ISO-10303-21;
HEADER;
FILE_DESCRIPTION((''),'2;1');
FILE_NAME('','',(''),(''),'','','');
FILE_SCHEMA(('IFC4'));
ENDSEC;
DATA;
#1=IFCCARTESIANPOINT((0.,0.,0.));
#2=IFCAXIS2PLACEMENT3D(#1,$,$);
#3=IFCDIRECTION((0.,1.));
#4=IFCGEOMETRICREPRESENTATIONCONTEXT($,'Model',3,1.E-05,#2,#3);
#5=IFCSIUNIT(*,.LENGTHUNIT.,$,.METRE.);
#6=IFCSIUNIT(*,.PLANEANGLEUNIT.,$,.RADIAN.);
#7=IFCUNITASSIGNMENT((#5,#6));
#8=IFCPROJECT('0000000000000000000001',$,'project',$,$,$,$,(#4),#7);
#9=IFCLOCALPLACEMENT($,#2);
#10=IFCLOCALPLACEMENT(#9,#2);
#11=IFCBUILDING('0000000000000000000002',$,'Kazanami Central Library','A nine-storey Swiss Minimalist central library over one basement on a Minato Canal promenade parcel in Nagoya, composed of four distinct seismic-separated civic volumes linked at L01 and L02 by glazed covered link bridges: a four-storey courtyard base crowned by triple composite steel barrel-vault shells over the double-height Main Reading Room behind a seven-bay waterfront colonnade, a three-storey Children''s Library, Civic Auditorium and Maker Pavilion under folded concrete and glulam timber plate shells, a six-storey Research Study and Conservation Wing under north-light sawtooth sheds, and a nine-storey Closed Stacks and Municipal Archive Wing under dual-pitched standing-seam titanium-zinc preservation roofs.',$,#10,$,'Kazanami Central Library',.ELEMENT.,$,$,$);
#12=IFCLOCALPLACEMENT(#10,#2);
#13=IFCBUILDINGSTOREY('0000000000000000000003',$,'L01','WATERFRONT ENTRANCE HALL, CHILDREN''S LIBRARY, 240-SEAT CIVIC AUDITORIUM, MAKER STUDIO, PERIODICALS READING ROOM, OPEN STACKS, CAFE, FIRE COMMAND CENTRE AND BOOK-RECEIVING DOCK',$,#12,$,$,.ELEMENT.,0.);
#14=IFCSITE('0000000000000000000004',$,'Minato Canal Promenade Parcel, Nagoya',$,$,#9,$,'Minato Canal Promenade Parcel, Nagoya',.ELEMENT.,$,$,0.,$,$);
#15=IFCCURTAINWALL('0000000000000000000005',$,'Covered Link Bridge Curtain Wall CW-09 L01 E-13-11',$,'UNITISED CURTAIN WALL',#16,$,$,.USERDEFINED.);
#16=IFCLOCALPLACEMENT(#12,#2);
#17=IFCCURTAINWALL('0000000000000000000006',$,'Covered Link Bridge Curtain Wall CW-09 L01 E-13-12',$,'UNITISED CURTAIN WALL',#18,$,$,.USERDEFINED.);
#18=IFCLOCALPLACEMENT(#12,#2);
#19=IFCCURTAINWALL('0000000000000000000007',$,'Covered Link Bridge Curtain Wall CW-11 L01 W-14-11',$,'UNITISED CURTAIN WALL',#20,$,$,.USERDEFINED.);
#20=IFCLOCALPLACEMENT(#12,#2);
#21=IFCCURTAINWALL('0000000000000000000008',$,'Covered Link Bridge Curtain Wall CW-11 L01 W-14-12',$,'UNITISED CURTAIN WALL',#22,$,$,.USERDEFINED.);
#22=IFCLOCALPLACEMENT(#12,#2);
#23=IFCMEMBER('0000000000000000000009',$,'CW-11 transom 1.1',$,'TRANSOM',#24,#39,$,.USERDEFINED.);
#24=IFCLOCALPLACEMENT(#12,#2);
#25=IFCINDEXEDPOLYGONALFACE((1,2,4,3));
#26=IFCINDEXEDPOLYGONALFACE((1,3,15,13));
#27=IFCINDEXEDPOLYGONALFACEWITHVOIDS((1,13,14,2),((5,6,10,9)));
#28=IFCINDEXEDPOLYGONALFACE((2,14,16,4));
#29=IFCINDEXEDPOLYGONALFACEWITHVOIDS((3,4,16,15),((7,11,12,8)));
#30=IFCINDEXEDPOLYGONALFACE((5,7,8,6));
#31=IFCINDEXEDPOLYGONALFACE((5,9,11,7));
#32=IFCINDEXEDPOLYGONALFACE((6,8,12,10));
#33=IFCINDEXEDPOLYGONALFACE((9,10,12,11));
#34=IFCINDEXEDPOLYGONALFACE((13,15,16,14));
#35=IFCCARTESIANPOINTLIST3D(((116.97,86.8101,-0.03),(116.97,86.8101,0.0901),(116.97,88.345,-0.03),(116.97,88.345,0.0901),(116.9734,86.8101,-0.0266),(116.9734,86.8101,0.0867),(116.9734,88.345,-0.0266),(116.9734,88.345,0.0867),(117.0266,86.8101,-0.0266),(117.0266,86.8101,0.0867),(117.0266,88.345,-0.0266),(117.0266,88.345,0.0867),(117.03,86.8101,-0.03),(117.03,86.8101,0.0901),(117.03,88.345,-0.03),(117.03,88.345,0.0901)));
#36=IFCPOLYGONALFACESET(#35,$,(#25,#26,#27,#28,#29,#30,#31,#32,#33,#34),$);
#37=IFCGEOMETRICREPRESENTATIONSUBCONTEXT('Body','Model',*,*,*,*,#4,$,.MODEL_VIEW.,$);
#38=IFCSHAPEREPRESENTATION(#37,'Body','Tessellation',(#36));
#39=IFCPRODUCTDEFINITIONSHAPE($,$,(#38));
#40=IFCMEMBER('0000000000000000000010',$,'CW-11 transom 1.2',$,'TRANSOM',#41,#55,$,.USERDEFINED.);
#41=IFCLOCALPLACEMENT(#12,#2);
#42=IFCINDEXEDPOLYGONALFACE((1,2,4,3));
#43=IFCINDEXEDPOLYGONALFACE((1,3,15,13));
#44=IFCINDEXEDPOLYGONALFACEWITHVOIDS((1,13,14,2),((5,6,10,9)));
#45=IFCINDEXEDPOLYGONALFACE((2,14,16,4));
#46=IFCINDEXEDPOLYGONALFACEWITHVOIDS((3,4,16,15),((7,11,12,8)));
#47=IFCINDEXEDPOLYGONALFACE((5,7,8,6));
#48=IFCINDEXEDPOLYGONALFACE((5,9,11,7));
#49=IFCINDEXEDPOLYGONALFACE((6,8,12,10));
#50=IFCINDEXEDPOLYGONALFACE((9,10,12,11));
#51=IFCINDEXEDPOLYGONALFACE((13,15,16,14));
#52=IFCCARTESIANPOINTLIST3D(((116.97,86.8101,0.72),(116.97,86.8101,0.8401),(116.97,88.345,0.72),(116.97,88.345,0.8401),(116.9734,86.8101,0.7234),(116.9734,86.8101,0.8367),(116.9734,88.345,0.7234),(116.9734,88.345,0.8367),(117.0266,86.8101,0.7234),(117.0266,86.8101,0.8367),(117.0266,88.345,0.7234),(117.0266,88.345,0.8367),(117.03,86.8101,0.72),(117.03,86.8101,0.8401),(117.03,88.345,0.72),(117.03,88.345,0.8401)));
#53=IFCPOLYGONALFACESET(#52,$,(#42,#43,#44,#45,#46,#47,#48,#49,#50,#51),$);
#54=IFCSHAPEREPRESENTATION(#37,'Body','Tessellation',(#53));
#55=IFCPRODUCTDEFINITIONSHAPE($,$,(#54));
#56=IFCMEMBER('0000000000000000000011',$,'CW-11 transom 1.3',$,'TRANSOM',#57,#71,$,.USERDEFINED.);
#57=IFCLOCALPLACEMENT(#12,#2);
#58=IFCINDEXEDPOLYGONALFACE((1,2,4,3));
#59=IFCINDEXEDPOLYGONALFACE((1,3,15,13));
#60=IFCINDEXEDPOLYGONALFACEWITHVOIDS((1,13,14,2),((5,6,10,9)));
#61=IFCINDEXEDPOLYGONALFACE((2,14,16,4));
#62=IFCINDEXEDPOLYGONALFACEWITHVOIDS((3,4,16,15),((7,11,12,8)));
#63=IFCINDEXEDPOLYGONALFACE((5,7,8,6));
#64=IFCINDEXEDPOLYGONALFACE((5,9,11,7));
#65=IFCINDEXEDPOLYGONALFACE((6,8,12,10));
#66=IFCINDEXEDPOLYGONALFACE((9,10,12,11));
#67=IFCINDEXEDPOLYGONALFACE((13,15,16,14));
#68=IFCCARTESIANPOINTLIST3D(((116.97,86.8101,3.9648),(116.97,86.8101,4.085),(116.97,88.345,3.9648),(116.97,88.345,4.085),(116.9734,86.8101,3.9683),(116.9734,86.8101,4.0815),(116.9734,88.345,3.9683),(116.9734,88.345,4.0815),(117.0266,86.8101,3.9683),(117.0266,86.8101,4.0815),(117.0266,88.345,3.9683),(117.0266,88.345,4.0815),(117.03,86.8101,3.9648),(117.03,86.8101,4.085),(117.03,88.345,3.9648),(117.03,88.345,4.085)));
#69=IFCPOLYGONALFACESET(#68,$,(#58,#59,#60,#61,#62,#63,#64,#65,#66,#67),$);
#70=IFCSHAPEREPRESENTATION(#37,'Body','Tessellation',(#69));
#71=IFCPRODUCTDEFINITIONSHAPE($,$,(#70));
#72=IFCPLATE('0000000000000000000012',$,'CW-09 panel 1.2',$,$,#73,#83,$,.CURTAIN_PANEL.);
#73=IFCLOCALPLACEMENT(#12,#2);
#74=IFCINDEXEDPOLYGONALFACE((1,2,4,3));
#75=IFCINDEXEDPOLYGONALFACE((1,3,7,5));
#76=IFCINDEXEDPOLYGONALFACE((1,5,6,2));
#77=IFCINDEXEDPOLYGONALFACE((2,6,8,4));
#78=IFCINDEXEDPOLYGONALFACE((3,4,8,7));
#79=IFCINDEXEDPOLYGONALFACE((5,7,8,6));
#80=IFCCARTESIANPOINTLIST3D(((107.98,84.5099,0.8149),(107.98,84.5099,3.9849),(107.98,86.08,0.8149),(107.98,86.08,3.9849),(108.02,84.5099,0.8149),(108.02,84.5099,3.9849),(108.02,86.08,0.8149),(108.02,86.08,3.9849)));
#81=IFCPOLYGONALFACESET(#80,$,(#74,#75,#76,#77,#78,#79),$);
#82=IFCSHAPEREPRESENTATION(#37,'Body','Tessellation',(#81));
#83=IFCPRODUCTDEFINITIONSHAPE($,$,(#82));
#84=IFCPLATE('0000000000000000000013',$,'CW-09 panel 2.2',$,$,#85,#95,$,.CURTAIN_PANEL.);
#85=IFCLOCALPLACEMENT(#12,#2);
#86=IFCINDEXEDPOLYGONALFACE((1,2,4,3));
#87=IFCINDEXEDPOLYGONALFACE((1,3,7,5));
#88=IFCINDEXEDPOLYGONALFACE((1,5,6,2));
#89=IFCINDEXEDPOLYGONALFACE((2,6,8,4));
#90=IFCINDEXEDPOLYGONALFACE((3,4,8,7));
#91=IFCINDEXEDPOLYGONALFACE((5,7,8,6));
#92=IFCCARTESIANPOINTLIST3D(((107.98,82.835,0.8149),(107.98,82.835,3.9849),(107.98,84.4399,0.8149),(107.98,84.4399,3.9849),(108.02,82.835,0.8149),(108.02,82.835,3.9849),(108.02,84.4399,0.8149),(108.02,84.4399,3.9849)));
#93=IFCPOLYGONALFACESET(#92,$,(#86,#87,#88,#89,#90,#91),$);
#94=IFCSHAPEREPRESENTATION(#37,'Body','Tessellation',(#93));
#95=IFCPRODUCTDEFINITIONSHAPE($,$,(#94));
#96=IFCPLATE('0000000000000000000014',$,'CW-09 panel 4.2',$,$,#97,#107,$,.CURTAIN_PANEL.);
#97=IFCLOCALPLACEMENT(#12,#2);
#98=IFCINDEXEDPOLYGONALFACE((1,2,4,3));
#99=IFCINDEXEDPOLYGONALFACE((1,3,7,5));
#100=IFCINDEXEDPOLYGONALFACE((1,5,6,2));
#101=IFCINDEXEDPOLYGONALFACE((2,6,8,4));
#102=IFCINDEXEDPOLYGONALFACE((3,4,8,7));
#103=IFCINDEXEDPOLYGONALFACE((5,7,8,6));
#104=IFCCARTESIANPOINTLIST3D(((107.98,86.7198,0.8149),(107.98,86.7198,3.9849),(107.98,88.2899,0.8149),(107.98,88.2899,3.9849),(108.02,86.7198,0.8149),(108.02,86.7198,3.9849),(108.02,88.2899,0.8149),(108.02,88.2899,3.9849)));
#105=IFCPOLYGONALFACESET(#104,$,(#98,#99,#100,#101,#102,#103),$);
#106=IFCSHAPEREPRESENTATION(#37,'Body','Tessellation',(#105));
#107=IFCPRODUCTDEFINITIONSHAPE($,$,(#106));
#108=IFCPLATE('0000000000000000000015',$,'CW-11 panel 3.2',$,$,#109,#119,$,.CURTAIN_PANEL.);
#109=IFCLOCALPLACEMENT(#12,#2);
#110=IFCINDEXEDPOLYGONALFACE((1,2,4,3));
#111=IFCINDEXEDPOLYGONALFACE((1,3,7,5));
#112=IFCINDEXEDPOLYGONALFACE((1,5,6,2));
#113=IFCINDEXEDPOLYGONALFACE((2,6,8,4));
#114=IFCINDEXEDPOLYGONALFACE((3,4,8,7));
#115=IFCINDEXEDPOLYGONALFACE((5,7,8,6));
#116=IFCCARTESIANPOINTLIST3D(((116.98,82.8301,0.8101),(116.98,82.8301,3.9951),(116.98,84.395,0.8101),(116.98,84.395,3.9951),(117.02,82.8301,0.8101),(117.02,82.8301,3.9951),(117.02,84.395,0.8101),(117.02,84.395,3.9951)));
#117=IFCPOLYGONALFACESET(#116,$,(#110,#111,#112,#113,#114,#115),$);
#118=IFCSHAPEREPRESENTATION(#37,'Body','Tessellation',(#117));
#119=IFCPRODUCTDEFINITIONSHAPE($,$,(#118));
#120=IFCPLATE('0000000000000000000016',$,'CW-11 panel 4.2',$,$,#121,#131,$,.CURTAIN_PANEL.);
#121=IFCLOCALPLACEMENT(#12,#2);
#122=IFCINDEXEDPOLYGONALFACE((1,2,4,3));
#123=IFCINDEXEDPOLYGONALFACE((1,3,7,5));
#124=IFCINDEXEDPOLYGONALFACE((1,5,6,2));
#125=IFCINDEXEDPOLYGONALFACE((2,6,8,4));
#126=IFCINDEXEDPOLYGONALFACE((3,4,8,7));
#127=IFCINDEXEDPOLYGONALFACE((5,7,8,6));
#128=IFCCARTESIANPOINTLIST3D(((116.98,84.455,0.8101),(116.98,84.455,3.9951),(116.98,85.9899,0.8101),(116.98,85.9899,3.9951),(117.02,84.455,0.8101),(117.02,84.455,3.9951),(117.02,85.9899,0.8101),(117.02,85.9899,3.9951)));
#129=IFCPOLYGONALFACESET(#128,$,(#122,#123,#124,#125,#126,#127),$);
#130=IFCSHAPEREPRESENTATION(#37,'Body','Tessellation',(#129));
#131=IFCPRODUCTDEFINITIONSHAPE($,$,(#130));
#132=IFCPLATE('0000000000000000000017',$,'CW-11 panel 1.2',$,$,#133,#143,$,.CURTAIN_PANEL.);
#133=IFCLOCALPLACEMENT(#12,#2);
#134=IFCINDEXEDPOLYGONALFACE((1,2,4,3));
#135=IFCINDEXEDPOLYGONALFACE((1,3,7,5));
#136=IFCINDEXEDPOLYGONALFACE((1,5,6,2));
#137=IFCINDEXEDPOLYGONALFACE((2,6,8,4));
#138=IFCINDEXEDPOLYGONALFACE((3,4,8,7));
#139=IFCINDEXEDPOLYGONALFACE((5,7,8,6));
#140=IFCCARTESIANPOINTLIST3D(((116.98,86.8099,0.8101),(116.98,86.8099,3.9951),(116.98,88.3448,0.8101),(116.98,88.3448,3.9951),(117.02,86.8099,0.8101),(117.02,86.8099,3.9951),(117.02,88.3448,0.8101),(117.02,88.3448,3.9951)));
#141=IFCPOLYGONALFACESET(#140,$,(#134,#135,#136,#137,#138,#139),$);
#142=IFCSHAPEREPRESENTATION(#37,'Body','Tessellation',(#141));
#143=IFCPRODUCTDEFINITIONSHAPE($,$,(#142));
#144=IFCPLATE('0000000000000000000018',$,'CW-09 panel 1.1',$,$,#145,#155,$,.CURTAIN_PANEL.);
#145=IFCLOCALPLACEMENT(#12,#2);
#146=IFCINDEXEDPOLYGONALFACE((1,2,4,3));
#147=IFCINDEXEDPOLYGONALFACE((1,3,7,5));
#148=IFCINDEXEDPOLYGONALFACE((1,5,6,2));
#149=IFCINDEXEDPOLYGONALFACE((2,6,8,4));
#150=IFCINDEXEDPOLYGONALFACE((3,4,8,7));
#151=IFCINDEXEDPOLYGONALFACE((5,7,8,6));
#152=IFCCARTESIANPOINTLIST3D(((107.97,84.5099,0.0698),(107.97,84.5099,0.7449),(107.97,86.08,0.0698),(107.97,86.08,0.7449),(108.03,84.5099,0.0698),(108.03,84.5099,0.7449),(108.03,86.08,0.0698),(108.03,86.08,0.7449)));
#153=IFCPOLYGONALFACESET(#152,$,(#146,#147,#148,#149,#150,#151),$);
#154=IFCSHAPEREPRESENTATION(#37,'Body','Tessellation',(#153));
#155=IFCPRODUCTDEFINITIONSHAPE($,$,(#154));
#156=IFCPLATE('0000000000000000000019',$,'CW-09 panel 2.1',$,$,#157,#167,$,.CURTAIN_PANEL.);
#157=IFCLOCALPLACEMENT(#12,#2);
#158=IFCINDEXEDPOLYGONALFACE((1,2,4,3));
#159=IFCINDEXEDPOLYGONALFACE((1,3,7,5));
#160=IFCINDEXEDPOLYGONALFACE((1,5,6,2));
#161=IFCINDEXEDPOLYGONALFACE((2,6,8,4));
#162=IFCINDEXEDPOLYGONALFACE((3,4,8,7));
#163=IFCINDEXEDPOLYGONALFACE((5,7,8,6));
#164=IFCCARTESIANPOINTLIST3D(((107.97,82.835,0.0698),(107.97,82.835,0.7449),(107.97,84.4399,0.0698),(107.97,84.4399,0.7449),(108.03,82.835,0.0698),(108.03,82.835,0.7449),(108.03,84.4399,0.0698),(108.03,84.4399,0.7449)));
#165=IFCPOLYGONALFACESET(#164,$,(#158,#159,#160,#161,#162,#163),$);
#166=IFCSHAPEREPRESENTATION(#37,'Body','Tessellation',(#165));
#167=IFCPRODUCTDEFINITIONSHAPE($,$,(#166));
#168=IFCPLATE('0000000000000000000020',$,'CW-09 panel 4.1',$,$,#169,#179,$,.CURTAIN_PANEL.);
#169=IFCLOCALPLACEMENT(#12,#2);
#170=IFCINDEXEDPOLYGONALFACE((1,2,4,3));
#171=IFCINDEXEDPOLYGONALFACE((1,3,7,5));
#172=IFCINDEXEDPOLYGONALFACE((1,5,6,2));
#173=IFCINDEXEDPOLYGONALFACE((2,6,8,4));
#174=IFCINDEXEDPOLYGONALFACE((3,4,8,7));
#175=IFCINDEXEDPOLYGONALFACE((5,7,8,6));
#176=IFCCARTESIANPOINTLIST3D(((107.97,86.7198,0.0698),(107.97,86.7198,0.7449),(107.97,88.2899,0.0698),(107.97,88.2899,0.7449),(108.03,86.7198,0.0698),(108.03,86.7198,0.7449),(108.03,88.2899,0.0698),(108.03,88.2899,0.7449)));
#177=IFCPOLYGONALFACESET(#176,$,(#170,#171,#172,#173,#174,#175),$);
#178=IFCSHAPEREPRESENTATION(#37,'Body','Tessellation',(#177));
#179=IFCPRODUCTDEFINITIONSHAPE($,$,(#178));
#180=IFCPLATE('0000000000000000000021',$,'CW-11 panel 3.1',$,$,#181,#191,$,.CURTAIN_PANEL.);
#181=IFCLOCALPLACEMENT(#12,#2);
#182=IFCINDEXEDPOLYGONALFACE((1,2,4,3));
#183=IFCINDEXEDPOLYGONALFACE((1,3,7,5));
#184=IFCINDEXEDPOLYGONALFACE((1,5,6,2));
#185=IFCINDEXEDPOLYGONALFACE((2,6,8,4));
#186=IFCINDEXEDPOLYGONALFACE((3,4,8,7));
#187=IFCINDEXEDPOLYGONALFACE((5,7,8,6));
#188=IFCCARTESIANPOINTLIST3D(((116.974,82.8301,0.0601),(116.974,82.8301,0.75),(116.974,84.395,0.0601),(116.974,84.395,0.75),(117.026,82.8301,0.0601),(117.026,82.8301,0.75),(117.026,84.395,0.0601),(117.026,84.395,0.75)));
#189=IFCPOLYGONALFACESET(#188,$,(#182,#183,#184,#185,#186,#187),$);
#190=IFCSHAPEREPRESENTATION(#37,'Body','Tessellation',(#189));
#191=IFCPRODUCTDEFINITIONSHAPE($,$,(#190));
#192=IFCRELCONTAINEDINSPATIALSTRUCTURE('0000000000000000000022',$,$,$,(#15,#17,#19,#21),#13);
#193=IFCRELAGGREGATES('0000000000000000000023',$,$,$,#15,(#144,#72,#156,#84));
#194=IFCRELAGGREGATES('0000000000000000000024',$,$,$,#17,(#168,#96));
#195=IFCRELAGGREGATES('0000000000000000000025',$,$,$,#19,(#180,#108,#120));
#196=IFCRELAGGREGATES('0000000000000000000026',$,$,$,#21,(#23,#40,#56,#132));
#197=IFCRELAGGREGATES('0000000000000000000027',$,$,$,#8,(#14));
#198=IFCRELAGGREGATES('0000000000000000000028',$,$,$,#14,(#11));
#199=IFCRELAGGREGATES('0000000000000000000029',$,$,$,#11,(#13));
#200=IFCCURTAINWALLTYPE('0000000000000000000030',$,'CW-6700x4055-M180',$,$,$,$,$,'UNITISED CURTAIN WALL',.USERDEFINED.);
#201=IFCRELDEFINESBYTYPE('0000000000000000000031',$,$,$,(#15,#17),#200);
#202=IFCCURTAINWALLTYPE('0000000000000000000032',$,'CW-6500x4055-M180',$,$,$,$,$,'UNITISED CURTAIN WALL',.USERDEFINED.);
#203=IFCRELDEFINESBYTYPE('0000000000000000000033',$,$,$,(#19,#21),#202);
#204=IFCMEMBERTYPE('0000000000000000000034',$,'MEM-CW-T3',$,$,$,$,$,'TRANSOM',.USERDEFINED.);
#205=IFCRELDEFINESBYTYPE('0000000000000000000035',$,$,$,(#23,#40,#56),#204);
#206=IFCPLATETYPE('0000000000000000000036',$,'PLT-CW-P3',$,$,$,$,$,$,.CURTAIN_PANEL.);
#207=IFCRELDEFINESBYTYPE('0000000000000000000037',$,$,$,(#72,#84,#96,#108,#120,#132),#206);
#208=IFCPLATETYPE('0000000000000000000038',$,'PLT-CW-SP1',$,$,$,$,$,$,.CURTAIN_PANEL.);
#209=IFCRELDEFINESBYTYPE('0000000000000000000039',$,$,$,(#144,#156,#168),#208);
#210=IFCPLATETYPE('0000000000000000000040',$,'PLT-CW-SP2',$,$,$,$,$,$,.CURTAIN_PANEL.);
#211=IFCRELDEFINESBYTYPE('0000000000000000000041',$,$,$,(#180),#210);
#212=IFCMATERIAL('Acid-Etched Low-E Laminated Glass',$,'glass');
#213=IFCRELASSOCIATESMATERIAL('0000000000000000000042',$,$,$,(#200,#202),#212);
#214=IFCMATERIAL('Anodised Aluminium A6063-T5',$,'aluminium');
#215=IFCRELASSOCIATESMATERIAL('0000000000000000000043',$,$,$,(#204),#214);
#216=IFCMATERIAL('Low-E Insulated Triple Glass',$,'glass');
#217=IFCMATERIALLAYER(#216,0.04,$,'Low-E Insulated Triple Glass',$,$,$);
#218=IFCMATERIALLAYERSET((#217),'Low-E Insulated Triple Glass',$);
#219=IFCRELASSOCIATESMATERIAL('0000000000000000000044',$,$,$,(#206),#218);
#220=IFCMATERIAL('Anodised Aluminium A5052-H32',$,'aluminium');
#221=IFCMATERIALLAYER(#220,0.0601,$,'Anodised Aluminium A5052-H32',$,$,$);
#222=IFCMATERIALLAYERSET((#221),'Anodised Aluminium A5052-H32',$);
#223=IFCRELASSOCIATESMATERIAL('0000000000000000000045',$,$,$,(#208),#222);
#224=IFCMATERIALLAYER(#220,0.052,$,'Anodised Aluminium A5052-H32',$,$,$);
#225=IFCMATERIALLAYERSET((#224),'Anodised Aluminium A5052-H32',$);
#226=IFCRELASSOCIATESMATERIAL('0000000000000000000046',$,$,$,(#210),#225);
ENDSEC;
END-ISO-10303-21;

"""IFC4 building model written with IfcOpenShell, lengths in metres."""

from ifc_helpers import new_model, si_unit, direction, frame, origin, origin_2d, place, context, subcontext, project, spatial, rectangle, hollow_rectangle, extrude, material, layer, layer_set, material_profile, profile_set, type_object, element, aggregate, save


model = new_model("IFC4")

# Units and contexts
model_context = context("Model", 3, precision=1e-05, world=origin(), true_north=direction((0.0, 1.0)))
body_context = subcontext(model_context, "Body", "Model", "MODEL_VIEW")
ifc_project = project(units=[si_unit("LENGTHUNIT", "METRE"), si_unit("PLANEANGLEUNIT", "RADIAN")], contexts=[model_context])

# Site, building, storey
site_placement = place(None, origin())
site = spatial("IfcSite", under=ifc_project, at=site_placement, Name="Minato Canal Promenade Parcel, Nagoya", LongName="Minato Canal Promenade Parcel, Nagoya", CompositionType="ELEMENT", RefElevation=0.0)
building_placement = place(site_placement, origin())
building = spatial("IfcBuilding", under=site, at=building_placement, Name="Kazanami Central Library", Description="A nine-storey Swiss Minimalist central library over one basement on a Minato Canal promenade parcel in Nagoya, composed of four distinct seismic-separated civic volumes linked at L01 and L02 by glazed covered link bridges: a four-storey courtyard base crowned by triple composite steel barrel-vault shells over the double-height Main Reading Room behind a seven-bay waterfront colonnade, a three-storey Children's Library, Civic Auditorium and Maker Pavilion under folded concrete and glulam timber plate shells, a six-storey Research Study and Conservation Wing under north-light sawtooth sheds, and a nine-storey Closed Stacks and Municipal Archive Wing under dual-pitched standing-seam titanium-zinc preservation roofs.", LongName="Kazanami Central Library", CompositionType="ELEMENT")
storey_placement = place(building_placement, origin())
storey = spatial("IfcBuildingStorey", under=building, at=storey_placement, Name="L01", Description="WATERFRONT ENTRANCE HALL, CHILDREN'S LIBRARY, 240-SEAT CIVIC AUDITORIUM, MAKER STUDIO, PERIODICALS READING ROOM, OPEN STACKS, CAFE, FIRE COMMAND CENTRE AND BOOK-RECEIVING DOCK", CompositionType="ELEMENT", Elevation=0.0)

# Curtain walls
ifc_material_1 = material(Name="Acid-Etched Low-E Laminated Glass", Category="glass")
curtain_wall_type_1 = type_object("IfcCurtainWallType", Name="CW-6700x4055-M180", ElementType="UNITISED CURTAIN WALL", PredefinedType="USERDEFINED", material=ifc_material_1)
curtain_wall_1_placement = place(storey_placement, origin())
curtain_wall_1 = element("IfcCurtainWall", 1, at=curtain_wall_1_placement, inside=storey, type_object=curtain_wall_type_1, Name="Covered Link Bridge Curtain Wall CW-09 L01 E-13-11", ObjectType="UNITISED CURTAIN WALL", PredefinedType="USERDEFINED")
ifc_material_2 = material(Name="Anodised Aluminium A6063-T5", Category="aluminium")
curtain_wall_2_placement = place(storey_placement, origin())
curtain_wall_2 = element("IfcCurtainWall", 2, at=curtain_wall_2_placement, inside=storey, type_object=curtain_wall_type_1, Name="Covered Link Bridge Curtain Wall CW-09 L01 E-13-12", ObjectType="UNITISED CURTAIN WALL", PredefinedType="USERDEFINED")
curtain_wall_type_2 = type_object("IfcCurtainWallType", Name="CW-6500x4055-M180", ElementType="UNITISED CURTAIN WALL", PredefinedType="USERDEFINED", material=ifc_material_1)
curtain_wall_3_placement = place(storey_placement, origin())
curtain_wall_3 = element("IfcCurtainWall", 3, at=curtain_wall_3_placement, inside=storey, type_object=curtain_wall_type_2, Name="Covered Link Bridge Curtain Wall CW-11 L01 W-14-11", ObjectType="UNITISED CURTAIN WALL", PredefinedType="USERDEFINED")

# Curtain wall
curtain_wall_4_placement = place(storey_placement, origin())
curtain_wall_4 = element("IfcCurtainWall", 4, at=curtain_wall_4_placement, inside=storey, type_object=curtain_wall_type_2, Name="Covered Link Bridge Curtain Wall CW-11 L01 W-14-12", ObjectType="UNITISED CURTAIN WALL", PredefinedType="USERDEFINED")

# Members
ifc_material_profile_1 = material_profile(ifc_material_2, hollow_rectangle(XDim=0.0601, YDim=0.1201, WallThickness=0.0034, at=origin_2d()), Name="ALU-TRAN-60x120x3.5")
ifc_profile_set_1 = profile_set([ifc_material_profile_1], Name="Anodised Aluminium A6063-T5")
member_type_1 = type_object("IfcMemberType", Name="MEM-CW-T3", ElementType="TRANSOM", PredefinedType="USERDEFINED", material=ifc_profile_set_1)
member_1_placement = place(storey_placement, frame((117.0, 86.8101, 0.03), z_axis=(0.0, 1.0, 0.0), x_axis=(-1.0, 0.0, 0.0)))
member_1 = element("IfcMember", 5, at=member_1_placement, type_object=member_type_1, Name="CW-11 transom 1.1", ObjectType="TRANSOM", PredefinedType="USERDEFINED", context=body_context, shape_type="SweptSolid", body=[
    extrude(hollow_rectangle(XDim=0.0601, YDim=0.1201, WallThickness=0.0034, at=origin_2d()), origin(), (0.0, 0.0, 1.0), 1.5349),
])
member_2_placement = place(storey_placement, frame((117.0, 86.8101, 0.78), z_axis=(0.0, 1.0, 0.0), x_axis=(-1.0, 0.0, 0.0)))
member_2 = element("IfcMember", 6, at=member_2_placement, type_object=member_type_1, Name="CW-11 transom 1.2", ObjectType="TRANSOM", PredefinedType="USERDEFINED", context=body_context, shape_type="SweptSolid", body=[
    extrude(hollow_rectangle(XDim=0.0601, YDim=0.1201, WallThickness=0.0034, at=origin_2d()), origin(), (0.0, 0.0, 1.0), 1.5349),
])
member_3_placement = place(storey_placement, frame((117.0, 86.8101, 4.0249), z_axis=(0.0, 1.0, 0.0), x_axis=(-1.0, 0.0, 0.0)))
member_3 = element("IfcMember", 7, at=member_3_placement, type_object=member_type_1, Name="CW-11 transom 1.3", ObjectType="TRANSOM", PredefinedType="USERDEFINED", context=body_context, shape_type="SweptSolid", body=[
    extrude(hollow_rectangle(XDim=0.0601, YDim=0.1201, WallThickness=0.0034, at=origin_2d()), origin(), (0.0, 0.0, 1.0), 1.5349),
])

# Plates
ifc_material_3 = material(Name="Low-E Insulated Triple Glass", Category="glass")
ifc_layer_1 = layer(ifc_material_3, 0.04, Name="Low-E Insulated Triple Glass")
ifc_layer_set_1 = layer_set([ifc_layer_1], Name="Low-E Insulated Triple Glass")
plate_type_1 = type_object("IfcPlateType", Name="PLT-CW-P3", PredefinedType="CURTAIN_PANEL", material=ifc_layer_set_1)
plate_1_placement = place(storey_placement, frame((108.0, 85.2949, 0.8149), z_axis=(0.0, 0.0, 1.0), x_axis=(0.0, -1.0, 0.0)))
plate_1 = element("IfcPlate", 8, at=plate_1_placement, type_object=plate_type_1, Name="CW-09 panel 1.2", PredefinedType="CURTAIN_PANEL", context=body_context, shape_type="SweptSolid", body=[
    extrude(rectangle(XDim=1.5701, YDim=0.04, at=origin_2d()), origin(), (0.0, 0.0, 1.0), 3.1699),
])
plate_2_placement = place(storey_placement, frame((108.0, 83.6375, 0.8149), z_axis=(0.0, 0.0, 1.0), x_axis=(0.0, -1.0, 0.0)))
plate_2 = element("IfcPlate", 9, at=plate_2_placement, type_object=plate_type_1, Name="CW-09 panel 2.2", PredefinedType="CURTAIN_PANEL", context=body_context, shape_type="SweptSolid", body=[
    extrude(rectangle(XDim=1.605, YDim=0.04, at=origin_2d()), origin(), (0.0, 0.0, 1.0), 3.1699),
])
plate_3_placement = place(storey_placement, frame((108.0, 87.5049, 0.8149), z_axis=(0.0, 0.0, 1.0), x_axis=(0.0, -1.0, 0.0)))
plate_3 = element("IfcPlate", 10, at=plate_3_placement, type_object=plate_type_1, Name="CW-09 panel 4.2", PredefinedType="CURTAIN_PANEL", context=body_context, shape_type="SweptSolid", body=[
    extrude(rectangle(XDim=1.5701, YDim=0.04, at=origin_2d()), origin(), (0.0, 0.0, 1.0), 3.1699),
])
plate_4_placement = place(storey_placement, frame((117.0, 83.6125, 0.8101), z_axis=(0.0, 0.0, 1.0), x_axis=(0.0, 1.0, 0.0)))
plate_4 = element("IfcPlate", 11, at=plate_4_placement, type_object=plate_type_1, Name="CW-11 panel 3.2", PredefinedType="CURTAIN_PANEL", context=body_context, shape_type="SweptSolid", body=[
    extrude(rectangle(XDim=1.5649, YDim=0.04, at=origin_2d()), origin(), (0.0, 0.0, 1.0), 3.1851),
])
plate_5_placement = place(storey_placement, frame((117.0, 85.2224, 0.8101), z_axis=(0.0, 0.0, 1.0), x_axis=(0.0, 1.0, 0.0)))
plate_5 = element("IfcPlate", 12, at=plate_5_placement, type_object=plate_type_1, Name="CW-11 panel 4.2", PredefinedType="CURTAIN_PANEL", context=body_context, shape_type="SweptSolid", body=[
    extrude(rectangle(XDim=1.5349, YDim=0.04, at=origin_2d()), origin(), (0.0, 0.0, 1.0), 3.1851),
])
plate_6_placement = place(storey_placement, frame((117.0, 87.5774, 0.8101), z_axis=(0.0, 0.0, 1.0), x_axis=(0.0, 1.0, 0.0)))
plate_6 = element("IfcPlate", 13, at=plate_6_placement, type_object=plate_type_1, Name="CW-11 panel 1.2", PredefinedType="CURTAIN_PANEL", context=body_context, shape_type="SweptSolid", body=[
    extrude(rectangle(XDim=1.5349, YDim=0.04, at=origin_2d()), origin(), (0.0, 0.0, 1.0), 3.1851),
])
ifc_material_4 = material(Name="Anodised Aluminium A5052-H32", Category="aluminium")
ifc_layer_2 = layer(ifc_material_4, 0.0601, Name="Anodised Aluminium A5052-H32")
ifc_layer_set_2 = layer_set([ifc_layer_2], Name="Anodised Aluminium A5052-H32")
plate_type_2 = type_object("IfcPlateType", Name="PLT-CW-SP1", PredefinedType="CURTAIN_PANEL", material=ifc_layer_set_2)
plate_7_placement = place(storey_placement, frame((108.0, 85.2949, 0.0698), z_axis=(0.0, 0.0, 1.0), x_axis=(0.0, -1.0, 0.0)))
plate_7 = element("IfcPlate", 14, at=plate_7_placement, type_object=plate_type_2, Name="CW-09 panel 1.1", PredefinedType="CURTAIN_PANEL", context=body_context, shape_type="SweptSolid", body=[
    extrude(rectangle(XDim=1.5701, YDim=0.0601, at=origin_2d()), origin(), (0.0, 0.0, 1.0), 0.675),
])
plate_8_placement = place(storey_placement, frame((108.0, 83.6375, 0.0698), z_axis=(0.0, 0.0, 1.0), x_axis=(0.0, -1.0, 0.0)))
plate_8 = element("IfcPlate", 15, at=plate_8_placement, type_object=plate_type_2, Name="CW-09 panel 2.1", PredefinedType="CURTAIN_PANEL", context=body_context, shape_type="SweptSolid", body=[
    extrude(rectangle(XDim=1.605, YDim=0.0601, at=origin_2d()), origin(), (0.0, 0.0, 1.0), 0.675),
])
aggregate(curtain_wall_1, [plate_7, plate_1, plate_8, plate_2])
plate_9_placement = place(storey_placement, frame((108.0, 87.5049, 0.0698), z_axis=(0.0, 0.0, 1.0), x_axis=(0.0, -1.0, 0.0)))
plate_9 = element("IfcPlate", 16, at=plate_9_placement, type_object=plate_type_2, Name="CW-09 panel 4.1", PredefinedType="CURTAIN_PANEL", context=body_context, shape_type="SweptSolid", body=[
    extrude(rectangle(XDim=1.5701, YDim=0.0601, at=origin_2d()), origin(), (0.0, 0.0, 1.0), 0.675),
])
aggregate(curtain_wall_2, [plate_9, plate_3])
ifc_layer_3 = layer(ifc_material_4, 0.052, Name="Anodised Aluminium A5052-H32")
ifc_layer_set_3 = layer_set([ifc_layer_3], Name="Anodised Aluminium A5052-H32")
plate_type_3 = type_object("IfcPlateType", Name="PLT-CW-SP2", PredefinedType="CURTAIN_PANEL", material=ifc_layer_set_3)
plate_10_placement = place(storey_placement, frame((117.0, 83.6125, 0.0601), z_axis=(0.0, 0.0, 1.0), x_axis=(0.0, 1.0, 0.0)))
plate_10 = element("IfcPlate", 17, at=plate_10_placement, type_object=plate_type_3, Name="CW-11 panel 3.1", PredefinedType="CURTAIN_PANEL", context=body_context, shape_type="SweptSolid", body=[
    extrude(rectangle(XDim=1.5649, YDim=0.052, at=origin_2d()), origin(), (0.0, 0.0, 1.0), 0.6899),
])
aggregate(curtain_wall_3, [plate_10, plate_4, plate_5])
aggregate(curtain_wall_4, [member_1, member_2, member_3, plate_6])

save(model, "model.ifc")
